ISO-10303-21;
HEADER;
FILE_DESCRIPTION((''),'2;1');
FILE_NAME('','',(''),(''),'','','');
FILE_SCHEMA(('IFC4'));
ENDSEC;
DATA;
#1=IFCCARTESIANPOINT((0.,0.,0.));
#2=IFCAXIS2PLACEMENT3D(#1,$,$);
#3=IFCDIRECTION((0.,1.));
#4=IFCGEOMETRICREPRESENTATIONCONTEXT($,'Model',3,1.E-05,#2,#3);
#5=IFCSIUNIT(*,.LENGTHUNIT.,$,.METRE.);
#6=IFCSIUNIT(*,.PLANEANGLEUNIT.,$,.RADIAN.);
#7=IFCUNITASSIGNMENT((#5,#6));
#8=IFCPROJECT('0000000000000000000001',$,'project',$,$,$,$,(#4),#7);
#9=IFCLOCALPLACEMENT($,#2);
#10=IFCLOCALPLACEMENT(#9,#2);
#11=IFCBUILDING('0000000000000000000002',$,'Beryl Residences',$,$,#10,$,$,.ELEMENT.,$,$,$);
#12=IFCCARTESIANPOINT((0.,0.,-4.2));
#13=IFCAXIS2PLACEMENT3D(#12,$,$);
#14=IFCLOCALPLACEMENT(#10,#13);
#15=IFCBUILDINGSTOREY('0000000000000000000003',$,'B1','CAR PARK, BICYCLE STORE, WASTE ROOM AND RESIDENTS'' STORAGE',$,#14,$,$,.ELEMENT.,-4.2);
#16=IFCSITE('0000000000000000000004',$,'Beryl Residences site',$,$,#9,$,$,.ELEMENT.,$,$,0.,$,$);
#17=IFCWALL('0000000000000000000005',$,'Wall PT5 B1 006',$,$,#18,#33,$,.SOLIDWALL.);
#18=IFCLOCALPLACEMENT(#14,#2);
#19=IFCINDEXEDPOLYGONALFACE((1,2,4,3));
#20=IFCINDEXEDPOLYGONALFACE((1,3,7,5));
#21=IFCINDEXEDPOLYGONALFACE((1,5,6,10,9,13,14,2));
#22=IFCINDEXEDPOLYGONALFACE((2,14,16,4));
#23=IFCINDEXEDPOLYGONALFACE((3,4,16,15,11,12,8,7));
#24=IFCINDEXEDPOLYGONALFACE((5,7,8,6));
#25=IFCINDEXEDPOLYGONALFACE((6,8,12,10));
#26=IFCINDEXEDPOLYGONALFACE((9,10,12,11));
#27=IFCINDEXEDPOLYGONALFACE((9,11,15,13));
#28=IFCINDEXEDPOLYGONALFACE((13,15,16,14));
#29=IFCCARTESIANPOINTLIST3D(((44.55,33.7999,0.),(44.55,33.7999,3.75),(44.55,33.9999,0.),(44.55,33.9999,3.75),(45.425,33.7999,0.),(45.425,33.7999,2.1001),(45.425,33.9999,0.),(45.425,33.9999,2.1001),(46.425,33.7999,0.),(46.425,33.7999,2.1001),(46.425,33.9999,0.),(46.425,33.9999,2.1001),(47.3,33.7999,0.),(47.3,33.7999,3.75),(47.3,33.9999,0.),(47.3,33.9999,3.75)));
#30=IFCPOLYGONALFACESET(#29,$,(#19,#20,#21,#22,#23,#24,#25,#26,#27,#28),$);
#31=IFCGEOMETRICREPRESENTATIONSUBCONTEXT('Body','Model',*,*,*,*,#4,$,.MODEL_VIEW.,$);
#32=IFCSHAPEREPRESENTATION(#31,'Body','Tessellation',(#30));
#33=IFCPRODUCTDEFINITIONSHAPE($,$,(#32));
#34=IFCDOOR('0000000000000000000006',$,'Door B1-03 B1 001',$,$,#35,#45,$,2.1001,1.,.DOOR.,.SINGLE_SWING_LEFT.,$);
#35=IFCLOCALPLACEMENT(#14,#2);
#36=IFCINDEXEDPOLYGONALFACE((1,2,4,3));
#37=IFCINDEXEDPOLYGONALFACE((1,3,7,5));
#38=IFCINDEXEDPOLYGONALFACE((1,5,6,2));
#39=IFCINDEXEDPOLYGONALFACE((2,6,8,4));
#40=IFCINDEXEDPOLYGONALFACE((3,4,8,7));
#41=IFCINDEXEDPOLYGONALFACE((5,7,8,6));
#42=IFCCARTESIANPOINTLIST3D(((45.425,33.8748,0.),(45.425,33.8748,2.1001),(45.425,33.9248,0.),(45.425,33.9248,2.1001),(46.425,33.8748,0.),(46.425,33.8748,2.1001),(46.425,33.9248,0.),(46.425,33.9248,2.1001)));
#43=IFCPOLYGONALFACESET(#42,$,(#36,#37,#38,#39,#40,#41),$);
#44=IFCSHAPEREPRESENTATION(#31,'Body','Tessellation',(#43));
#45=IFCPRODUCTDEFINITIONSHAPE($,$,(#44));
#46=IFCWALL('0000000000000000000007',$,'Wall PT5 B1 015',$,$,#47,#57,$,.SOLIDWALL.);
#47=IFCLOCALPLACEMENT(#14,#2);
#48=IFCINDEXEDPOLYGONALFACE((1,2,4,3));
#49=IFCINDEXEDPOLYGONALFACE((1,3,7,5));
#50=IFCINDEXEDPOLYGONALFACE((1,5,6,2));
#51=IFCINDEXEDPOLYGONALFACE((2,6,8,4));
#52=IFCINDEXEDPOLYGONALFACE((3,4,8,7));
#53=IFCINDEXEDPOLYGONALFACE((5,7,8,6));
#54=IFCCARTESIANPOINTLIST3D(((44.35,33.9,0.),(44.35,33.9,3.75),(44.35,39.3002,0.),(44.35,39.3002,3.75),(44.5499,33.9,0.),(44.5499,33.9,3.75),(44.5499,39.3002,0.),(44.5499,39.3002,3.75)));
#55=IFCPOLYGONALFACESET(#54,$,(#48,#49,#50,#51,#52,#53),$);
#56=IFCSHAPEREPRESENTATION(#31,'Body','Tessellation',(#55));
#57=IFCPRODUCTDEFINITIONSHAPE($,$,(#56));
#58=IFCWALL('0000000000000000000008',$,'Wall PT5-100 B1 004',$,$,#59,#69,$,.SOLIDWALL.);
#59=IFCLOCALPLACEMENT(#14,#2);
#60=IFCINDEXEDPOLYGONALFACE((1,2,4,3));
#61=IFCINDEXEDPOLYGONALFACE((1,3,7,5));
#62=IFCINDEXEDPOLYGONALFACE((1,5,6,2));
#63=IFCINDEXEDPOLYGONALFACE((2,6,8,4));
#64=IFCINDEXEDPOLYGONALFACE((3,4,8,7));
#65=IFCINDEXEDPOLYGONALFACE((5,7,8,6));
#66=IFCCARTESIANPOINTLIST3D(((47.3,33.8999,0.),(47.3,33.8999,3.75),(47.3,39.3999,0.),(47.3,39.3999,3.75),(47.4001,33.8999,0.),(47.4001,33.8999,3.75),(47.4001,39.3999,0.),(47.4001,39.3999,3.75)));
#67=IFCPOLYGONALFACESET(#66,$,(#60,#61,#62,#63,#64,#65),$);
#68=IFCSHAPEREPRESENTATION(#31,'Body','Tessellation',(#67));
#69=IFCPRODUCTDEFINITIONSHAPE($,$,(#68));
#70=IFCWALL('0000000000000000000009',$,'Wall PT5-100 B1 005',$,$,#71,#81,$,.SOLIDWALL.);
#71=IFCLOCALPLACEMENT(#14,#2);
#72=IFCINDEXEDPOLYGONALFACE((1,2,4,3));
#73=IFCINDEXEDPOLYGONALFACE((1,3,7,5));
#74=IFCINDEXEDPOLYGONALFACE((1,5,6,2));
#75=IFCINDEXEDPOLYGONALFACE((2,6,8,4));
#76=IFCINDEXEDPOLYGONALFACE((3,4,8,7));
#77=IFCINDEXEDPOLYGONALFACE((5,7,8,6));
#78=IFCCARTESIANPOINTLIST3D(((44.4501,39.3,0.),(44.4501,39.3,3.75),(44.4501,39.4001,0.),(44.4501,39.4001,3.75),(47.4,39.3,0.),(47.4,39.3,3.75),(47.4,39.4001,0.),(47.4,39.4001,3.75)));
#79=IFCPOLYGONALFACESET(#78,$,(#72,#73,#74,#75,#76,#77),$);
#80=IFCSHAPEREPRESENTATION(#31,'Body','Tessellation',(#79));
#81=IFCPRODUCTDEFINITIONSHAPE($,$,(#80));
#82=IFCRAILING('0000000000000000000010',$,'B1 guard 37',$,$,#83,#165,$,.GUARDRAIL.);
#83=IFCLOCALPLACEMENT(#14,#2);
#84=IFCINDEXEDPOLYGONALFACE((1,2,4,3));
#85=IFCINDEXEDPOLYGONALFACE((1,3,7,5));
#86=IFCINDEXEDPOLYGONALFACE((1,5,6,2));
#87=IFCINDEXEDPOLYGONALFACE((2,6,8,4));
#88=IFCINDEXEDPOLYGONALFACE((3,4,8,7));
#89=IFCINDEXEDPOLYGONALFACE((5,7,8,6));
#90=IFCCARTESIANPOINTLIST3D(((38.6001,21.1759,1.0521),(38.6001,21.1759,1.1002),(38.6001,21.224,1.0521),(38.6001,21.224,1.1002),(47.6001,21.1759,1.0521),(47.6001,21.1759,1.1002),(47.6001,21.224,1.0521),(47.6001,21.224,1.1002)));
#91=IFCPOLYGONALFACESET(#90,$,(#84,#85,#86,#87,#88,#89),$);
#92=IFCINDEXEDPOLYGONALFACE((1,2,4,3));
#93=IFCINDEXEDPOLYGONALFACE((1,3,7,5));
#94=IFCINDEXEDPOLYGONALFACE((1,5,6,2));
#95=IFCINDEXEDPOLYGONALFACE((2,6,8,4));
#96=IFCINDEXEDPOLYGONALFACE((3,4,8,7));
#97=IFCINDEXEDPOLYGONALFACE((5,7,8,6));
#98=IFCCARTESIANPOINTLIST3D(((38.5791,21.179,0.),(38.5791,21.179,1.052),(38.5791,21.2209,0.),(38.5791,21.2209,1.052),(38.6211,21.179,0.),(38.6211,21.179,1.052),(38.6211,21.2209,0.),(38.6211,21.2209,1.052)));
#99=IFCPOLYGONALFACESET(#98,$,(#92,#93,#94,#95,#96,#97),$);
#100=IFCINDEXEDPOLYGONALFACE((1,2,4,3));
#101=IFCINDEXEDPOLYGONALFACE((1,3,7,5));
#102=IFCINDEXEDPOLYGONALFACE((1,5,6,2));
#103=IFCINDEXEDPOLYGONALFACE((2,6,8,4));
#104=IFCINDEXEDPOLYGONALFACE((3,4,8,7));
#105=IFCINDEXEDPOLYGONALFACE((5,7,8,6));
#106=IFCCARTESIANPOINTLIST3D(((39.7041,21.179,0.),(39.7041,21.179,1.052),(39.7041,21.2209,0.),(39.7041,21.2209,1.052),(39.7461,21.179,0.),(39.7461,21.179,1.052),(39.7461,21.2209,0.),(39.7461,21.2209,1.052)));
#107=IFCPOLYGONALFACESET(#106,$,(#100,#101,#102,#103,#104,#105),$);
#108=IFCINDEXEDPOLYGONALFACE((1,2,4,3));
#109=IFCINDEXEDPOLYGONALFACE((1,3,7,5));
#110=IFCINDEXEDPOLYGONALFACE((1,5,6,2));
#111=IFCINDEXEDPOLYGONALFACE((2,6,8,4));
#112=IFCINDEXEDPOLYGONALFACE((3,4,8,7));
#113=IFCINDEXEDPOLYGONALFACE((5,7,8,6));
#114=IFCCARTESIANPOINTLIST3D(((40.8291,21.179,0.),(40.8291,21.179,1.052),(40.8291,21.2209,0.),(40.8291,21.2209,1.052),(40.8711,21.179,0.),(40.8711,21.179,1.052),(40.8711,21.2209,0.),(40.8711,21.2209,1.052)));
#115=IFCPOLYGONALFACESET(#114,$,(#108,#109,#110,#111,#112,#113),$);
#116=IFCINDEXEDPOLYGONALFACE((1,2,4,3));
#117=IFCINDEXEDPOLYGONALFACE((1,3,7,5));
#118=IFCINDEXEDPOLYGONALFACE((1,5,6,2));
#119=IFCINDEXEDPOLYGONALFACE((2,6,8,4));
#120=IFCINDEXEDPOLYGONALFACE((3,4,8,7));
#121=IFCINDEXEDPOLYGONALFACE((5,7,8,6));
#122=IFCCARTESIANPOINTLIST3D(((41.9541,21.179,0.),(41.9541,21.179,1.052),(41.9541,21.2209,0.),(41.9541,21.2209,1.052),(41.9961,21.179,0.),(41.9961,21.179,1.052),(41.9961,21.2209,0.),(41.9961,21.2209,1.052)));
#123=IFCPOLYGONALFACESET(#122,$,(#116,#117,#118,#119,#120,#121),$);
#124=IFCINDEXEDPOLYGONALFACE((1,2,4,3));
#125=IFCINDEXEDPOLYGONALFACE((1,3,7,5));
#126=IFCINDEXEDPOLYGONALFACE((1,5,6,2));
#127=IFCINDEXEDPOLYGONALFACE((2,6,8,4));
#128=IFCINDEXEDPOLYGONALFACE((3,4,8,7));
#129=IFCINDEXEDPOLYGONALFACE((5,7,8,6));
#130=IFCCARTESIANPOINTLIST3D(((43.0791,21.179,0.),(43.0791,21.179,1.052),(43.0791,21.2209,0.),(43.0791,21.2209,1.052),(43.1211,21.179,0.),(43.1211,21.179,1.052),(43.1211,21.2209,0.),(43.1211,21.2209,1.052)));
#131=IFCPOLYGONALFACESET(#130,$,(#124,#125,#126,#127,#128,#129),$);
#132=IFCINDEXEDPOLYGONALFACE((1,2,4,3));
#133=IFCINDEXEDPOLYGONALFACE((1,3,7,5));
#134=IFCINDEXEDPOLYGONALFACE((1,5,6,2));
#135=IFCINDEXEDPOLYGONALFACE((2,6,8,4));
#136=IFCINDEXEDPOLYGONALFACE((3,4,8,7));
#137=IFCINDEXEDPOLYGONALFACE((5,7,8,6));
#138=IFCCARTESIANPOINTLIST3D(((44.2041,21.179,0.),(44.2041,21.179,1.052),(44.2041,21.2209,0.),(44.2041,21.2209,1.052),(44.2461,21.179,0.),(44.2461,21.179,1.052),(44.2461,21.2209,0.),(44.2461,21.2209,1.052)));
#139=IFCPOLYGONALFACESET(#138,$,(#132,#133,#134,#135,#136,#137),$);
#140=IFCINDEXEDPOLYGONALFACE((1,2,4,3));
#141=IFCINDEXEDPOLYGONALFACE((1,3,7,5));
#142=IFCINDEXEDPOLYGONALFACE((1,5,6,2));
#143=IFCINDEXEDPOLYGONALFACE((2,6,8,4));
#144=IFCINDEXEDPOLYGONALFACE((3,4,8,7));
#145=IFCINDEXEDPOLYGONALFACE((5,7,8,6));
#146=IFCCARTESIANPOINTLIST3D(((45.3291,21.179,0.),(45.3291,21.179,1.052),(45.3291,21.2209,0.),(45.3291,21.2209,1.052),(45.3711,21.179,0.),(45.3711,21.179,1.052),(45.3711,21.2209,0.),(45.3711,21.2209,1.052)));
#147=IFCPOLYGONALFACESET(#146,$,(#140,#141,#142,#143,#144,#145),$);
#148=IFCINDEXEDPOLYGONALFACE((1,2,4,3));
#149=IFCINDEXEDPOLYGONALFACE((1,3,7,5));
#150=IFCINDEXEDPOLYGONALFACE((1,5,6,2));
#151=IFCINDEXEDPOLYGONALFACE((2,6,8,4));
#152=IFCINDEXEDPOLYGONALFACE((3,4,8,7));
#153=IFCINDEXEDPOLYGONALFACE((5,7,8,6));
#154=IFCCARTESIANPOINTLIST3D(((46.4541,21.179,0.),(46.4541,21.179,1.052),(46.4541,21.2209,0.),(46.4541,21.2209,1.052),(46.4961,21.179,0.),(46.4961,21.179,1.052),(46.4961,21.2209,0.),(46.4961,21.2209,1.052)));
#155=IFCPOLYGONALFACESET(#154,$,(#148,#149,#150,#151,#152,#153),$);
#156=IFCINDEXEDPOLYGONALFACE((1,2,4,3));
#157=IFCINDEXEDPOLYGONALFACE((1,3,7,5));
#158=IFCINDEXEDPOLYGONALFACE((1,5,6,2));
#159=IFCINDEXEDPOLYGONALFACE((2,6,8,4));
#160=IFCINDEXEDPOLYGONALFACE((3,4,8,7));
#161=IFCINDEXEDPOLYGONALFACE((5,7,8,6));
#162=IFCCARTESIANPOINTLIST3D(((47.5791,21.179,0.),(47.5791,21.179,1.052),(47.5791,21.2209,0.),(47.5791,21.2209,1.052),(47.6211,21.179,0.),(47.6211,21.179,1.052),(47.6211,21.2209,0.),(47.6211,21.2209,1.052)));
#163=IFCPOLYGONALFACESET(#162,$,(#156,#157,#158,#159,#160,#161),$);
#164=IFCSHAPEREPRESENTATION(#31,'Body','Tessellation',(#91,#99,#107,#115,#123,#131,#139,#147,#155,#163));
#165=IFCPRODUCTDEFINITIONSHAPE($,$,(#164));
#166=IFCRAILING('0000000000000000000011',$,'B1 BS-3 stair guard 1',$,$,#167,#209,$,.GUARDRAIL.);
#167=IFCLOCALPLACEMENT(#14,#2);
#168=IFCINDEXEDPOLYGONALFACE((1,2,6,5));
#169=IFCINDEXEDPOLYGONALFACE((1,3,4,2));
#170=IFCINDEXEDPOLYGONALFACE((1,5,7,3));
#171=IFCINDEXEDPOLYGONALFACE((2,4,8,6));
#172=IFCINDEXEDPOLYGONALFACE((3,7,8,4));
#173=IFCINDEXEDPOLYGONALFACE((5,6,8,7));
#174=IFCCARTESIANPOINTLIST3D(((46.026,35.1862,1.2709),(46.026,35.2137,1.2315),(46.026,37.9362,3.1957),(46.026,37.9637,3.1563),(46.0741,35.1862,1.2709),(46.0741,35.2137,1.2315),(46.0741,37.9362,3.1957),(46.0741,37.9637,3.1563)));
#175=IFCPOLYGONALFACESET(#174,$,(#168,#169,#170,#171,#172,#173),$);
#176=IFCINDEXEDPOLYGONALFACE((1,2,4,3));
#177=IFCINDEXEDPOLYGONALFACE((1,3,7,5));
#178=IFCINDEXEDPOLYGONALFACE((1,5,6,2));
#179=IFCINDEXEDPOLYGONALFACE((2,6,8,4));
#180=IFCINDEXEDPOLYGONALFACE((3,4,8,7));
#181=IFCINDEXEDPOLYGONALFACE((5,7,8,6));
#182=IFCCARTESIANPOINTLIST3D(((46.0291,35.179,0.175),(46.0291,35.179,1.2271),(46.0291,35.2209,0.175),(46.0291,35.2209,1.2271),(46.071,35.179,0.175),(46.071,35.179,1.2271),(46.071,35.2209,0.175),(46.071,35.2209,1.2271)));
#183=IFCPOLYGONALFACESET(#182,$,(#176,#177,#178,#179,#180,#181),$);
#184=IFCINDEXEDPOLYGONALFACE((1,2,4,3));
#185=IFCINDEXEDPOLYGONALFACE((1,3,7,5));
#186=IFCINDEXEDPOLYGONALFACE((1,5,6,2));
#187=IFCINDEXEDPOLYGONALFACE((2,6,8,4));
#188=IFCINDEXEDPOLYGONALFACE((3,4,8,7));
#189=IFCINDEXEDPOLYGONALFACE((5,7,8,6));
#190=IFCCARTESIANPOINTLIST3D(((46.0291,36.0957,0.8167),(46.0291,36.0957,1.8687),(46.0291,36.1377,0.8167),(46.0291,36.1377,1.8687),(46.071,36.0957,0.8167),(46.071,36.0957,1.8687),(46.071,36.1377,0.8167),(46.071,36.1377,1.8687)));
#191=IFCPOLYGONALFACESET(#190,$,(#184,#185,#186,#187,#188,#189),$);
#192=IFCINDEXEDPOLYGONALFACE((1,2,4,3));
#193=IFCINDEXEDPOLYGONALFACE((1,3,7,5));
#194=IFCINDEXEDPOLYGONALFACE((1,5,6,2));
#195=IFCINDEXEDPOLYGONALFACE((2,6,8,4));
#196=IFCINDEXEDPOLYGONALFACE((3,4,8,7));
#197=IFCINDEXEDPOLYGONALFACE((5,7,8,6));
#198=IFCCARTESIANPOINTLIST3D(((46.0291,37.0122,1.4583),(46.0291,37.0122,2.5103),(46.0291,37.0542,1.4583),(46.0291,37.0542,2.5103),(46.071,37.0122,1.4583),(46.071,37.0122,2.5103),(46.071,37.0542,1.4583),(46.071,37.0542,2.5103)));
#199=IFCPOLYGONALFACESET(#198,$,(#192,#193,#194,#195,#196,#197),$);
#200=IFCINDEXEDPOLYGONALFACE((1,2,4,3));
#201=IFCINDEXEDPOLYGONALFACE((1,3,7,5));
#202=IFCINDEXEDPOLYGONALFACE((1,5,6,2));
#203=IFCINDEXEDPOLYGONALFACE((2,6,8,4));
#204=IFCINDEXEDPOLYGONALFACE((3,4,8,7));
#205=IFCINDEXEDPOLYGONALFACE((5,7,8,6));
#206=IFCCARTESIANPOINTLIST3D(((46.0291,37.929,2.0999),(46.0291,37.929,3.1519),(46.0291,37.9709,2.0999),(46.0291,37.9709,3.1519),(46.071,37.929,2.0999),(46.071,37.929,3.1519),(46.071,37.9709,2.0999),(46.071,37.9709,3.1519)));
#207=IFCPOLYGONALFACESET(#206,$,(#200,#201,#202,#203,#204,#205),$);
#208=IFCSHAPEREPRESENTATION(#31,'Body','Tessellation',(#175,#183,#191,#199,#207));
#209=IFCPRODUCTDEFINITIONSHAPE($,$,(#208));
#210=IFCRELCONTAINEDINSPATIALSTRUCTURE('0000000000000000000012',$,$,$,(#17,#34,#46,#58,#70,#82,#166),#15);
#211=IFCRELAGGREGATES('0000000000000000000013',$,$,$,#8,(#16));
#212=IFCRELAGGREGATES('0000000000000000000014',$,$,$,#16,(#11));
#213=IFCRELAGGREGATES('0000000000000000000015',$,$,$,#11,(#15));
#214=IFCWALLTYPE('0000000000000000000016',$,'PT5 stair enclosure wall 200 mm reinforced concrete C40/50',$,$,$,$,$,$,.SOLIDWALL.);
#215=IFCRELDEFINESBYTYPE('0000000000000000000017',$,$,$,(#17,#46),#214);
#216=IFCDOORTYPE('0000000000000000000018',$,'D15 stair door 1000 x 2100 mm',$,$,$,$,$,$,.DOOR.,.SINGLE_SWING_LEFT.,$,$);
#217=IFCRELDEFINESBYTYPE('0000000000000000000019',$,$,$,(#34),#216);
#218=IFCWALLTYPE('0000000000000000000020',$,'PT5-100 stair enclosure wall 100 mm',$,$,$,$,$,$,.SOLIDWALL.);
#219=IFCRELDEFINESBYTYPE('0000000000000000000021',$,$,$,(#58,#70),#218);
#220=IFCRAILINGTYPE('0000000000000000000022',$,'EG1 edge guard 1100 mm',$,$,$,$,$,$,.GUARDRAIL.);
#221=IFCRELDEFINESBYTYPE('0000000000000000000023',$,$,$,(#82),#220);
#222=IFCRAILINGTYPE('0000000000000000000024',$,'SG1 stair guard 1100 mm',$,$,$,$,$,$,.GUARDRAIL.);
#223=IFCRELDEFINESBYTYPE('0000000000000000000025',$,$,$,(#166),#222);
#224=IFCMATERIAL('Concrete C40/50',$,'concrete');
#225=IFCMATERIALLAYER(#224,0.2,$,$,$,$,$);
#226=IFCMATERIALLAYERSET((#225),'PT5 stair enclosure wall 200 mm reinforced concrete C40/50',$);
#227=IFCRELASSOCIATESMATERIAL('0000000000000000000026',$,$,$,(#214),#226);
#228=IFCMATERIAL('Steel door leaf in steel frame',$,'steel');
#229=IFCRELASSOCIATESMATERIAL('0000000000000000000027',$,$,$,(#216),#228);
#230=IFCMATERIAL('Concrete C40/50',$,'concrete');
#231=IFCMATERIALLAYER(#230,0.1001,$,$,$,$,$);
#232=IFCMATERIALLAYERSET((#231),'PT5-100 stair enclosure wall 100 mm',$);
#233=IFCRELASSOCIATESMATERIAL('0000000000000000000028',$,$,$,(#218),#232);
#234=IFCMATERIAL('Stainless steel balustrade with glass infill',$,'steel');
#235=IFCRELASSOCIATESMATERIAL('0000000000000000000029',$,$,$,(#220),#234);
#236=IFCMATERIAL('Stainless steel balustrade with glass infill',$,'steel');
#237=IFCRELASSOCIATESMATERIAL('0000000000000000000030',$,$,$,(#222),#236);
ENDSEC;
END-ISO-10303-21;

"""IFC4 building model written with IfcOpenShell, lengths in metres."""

from ifc_helpers import new_model, si_unit, direction, frame, frame_2d, origin, origin_2d, place, context, subcontext, project, spatial, rectangle, extrude, material, layer, layer_set, type_object, element, fill, save


model = new_model("IFC4")

# Units and contexts
model_context = context("Model", 3, precision=1e-05, world=origin(), true_north=direction((0.0, 1.0)))
body_context = subcontext(model_context, "Body", "Model", "MODEL_VIEW")
ifc_project = project(units=[si_unit("LENGTHUNIT", "METRE"), si_unit("PLANEANGLEUNIT", "RADIAN")], contexts=[model_context])

# Site, building, storey
site_placement = place(None, origin())
site = spatial("IfcSite", under=ifc_project, at=site_placement, Name="Beryl Residences site", CompositionType="ELEMENT", RefElevation=0.0)
building_placement = place(site_placement, origin())
building = spatial("IfcBuilding", under=site, at=building_placement, Name="Beryl Residences", CompositionType="ELEMENT")
storey_placement = place(building_placement, frame((0.0, 0.0, -4.2)))
storey = spatial("IfcBuildingStorey", under=building, at=storey_placement, Name="B1", Description="CAR PARK, BICYCLE STORE, WASTE ROOM AND RESIDENTS' STORAGE", CompositionType="ELEMENT", Elevation=-4.2)

# Wall, opening, door
ifc_material_1 = material(Name="Concrete C40/50", Category="concrete")
ifc_layer_1 = layer(ifc_material_1, 0.2)
ifc_layer_set_1 = layer_set([ifc_layer_1], Name="PT5 stair enclosure wall 200 mm reinforced concrete C40/50")
wall_type_1 = type_object("IfcWallType", Name="PT5 stair enclosure wall 200 mm reinforced concrete C40/50", PredefinedType="SOLIDWALL", material=ifc_layer_set_1)
wall_1_placement = place(storey_placement, frame((44.55, 33.8999, 0.0), z_axis=(0.0, 0.0, 1.0), x_axis=(1.0, 0.0, 0.0)))
wall_1 = element("IfcWall", 1, at=wall_1_placement, inside=storey, type_object=wall_type_1, Name="Wall PT5 B1 006", PredefinedType="SOLIDWALL", context=body_context, shape_type="SweptSolid", body=[
    extrude(rectangle(XDim=2.75, YDim=0.2, at=frame_2d((1.375, 0.0))), origin(), (0.0, 0.0, 1.0), 3.75),
])
opening_placement = place(wall_1_placement, frame((0.875, 0.0, 0.0)))
opening = element("IfcOpeningElement", 2, at=opening_placement, cuts=wall_1, PredefinedType="OPENING", context=body_context, shape_type="SweptSolid", body=[
    extrude(rectangle(XDim=1.0, YDim=2.1001, at=frame_2d((0.5, 1.05))), frame((0.0, 0.1099, 0.0), z_axis=(0.0, -1.0, 0.0), x_axis=(1.0, 0.0, 0.0)), (0.0, 0.0, 1.0), 0.22),
])
ifc_material_2 = material(Name="Steel door leaf in steel frame", Category="steel")
door_type = type_object("IfcDoorType", Name="D15 stair door 1000 x 2100 mm", OperationType="SINGLE_SWING_LEFT", PredefinedType="DOOR", material=ifc_material_2)
door_placement = place(opening_placement, origin())
door = element("IfcDoor", 3, at=door_placement, inside=storey, type_object=door_type, Name="Door B1-03 B1 001", OperationType="SINGLE_SWING_LEFT", OverallHeight=2.1001, OverallWidth=1.0, PredefinedType="DOOR", context=body_context, shape_type="SweptSolid", body=[
    extrude(rectangle(XDim=1.0, YDim=2.1001, at=frame_2d((0.5, 1.05))), frame((0.0, 0.0249, 0.0), z_axis=(0.0, -1.0, 0.0), x_axis=(1.0, 0.0, 0.0)), (0.0, 0.0, 1.0), 0.05),
])
fill(opening, door)

# Walls
wall_2_placement = place(storey_placement, frame((44.45, 33.8999, 0.0), z_axis=(0.0, 0.0, 1.0), x_axis=(0.0, 1.0, 0.0)))
element("IfcWall", 4, at=wall_2_placement, inside=storey, type_object=wall_type_1, Name="Wall PT5 B1 015", PredefinedType="SOLIDWALL", context=body_context, shape_type="SweptSolid", body=[
    extrude(rectangle(XDim=5.4001, YDim=0.2, at=frame_2d((2.7002, 0.0))), origin(), (0.0, 0.0, 1.0), 3.75),
])
ifc_material_3 = material(Name="Concrete C40/50", Category="concrete")
ifc_layer_2 = layer(ifc_material_3, 0.1001)
ifc_layer_set_2 = layer_set([ifc_layer_2], Name="PT5-100 stair enclosure wall 100 mm")
wall_type_2 = type_object("IfcWallType", Name="PT5-100 stair enclosure wall 100 mm", PredefinedType="SOLIDWALL", material=ifc_layer_set_2)
wall_3_placement = place(storey_placement, frame((47.3501, 33.8999, 0.0), z_axis=(0.0, 0.0, 1.0), x_axis=(0.0, 1.0, 0.0)))
element("IfcWall", 5, at=wall_3_placement, inside=storey, type_object=wall_type_2, Name="Wall PT5-100 B1 004", PredefinedType="SOLIDWALL", context=body_context, shape_type="SweptSolid", body=[
    extrude(rectangle(XDim=5.5, YDim=0.1001, at=frame_2d((2.75, 0.0))), origin(), (0.0, 0.0, 1.0), 3.75),
])
wall_4_placement = place(storey_placement, frame((44.45, 39.3501, 0.0), z_axis=(0.0, 0.0, 1.0), x_axis=(1.0, 0.0, 0.0)))
element("IfcWall", 6, at=wall_4_placement, inside=storey, type_object=wall_type_2, Name="Wall PT5-100 B1 005", PredefinedType="SOLIDWALL", context=body_context, shape_type="SweptSolid", body=[
    extrude(rectangle(XDim=2.95, YDim=0.1001, at=frame_2d((1.4751, 0.0))), origin(), (0.0, 0.0, 1.0), 3.75),
])

# Railings
ifc_material_4 = material(Name="Stainless steel balustrade with glass infill", Category="steel")
railing_type_1 = type_object("IfcRailingType", Name="EG1 edge guard 1100 mm", PredefinedType="GUARDRAIL", material=ifc_material_4)
railing_1_placement = place(storey_placement, frame((38.6001, 21.2, 0.0)))
element("IfcRailing", 7, at=railing_1_placement, inside=storey, type_object=railing_type_1, Name="B1 guard 37", PredefinedType="GUARDRAIL", context=body_context, shape_type="SweptSolid", body=[
    extrude(rectangle(XDim=0.0481, YDim=0.0481, at=origin_2d()), frame((0.0, 0.0, 1.0762), z_axis=(1.0, 0.0, 0.0), x_axis=(0.0, 1.0, 0.0)), (0.0, 0.0, 1.0), 9.0),
    extrude(rectangle(XDim=0.042, YDim=0.042, at=origin_2d()), origin(), (0.0, 0.0, 1.0), 1.052),
    extrude(rectangle(XDim=0.042, YDim=0.042, at=origin_2d()), frame((1.125, 0.0, 0.0)), (0.0, 0.0, 1.0), 1.052),
    extrude(rectangle(XDim=0.042, YDim=0.042, at=origin_2d()), frame((2.25, 0.0, 0.0)), (0.0, 0.0, 1.0), 1.052),
    extrude(rectangle(XDim=0.042, YDim=0.042, at=origin_2d()), frame((3.375, 0.0, 0.0)), (0.0, 0.0, 1.0), 1.052),
    extrude(rectangle(XDim=0.042, YDim=0.042, at=origin_2d()), frame((4.5, 0.0, 0.0)), (0.0, 0.0, 1.0), 1.052),
    extrude(rectangle(XDim=0.042, YDim=0.042, at=origin_2d()), frame((5.625, 0.0, 0.0)), (0.0, 0.0, 1.0), 1.052),
    extrude(rectangle(XDim=0.042, YDim=0.042, at=origin_2d()), frame((6.75, 0.0, 0.0)), (0.0, 0.0, 1.0), 1.052),
    extrude(rectangle(XDim=0.042, YDim=0.042, at=origin_2d()), frame((7.875, 0.0, 0.0)), (0.0, 0.0, 1.0), 1.052),
    extrude(rectangle(XDim=0.042, YDim=0.042, at=origin_2d()), frame((9.0, 0.0, 0.0)), (0.0, 0.0, 1.0), 1.052),
])
ifc_material_5 = material(Name="Stainless steel balustrade with glass infill", Category="steel")
railing_type_2 = type_object("IfcRailingType", Name="SG1 stair guard 1100 mm", PredefinedType="GUARDRAIL", material=ifc_material_5)
railing_2_placement = place(storey_placement, frame((46.05, 35.2, 0.175)))
element("IfcRailing", 8, at=railing_2_placement, inside=storey, type_object=railing_type_2, Name="B1 BS-3 stair guard 1", PredefinedType="GUARDRAIL", context=body_context, shape_type="SweptSolid", body=[
    extrude(rectangle(XDim=0.0481, YDim=0.0481, at=origin_2d()), frame((0.0, 0.0, 1.0762), z_axis=(0.0, 0.819259, 0.573423), x_axis=(-1.0, 0.0, 0.0)), (0.0, 0.0, 1.0), 3.3567),
    extrude(rectangle(XDim=0.042, YDim=0.042, at=origin_2d()), origin(), (0.0, 0.0, 1.0), 1.052),
    extrude(rectangle(XDim=0.042, YDim=0.042, at=origin_2d()), frame((0.0, 0.9167, 0.6416)), (0.0, 0.0, 1.0), 1.052),
    extrude(rectangle(XDim=0.042, YDim=0.042, at=origin_2d()), frame((0.0, 1.8333, 1.2832)), (0.0, 0.0, 1.0), 1.052),
    extrude(rectangle(XDim=0.042, YDim=0.042, at=origin_2d()), frame((0.0, 2.75, 1.9248)), (0.0, 0.0, 1.0), 1.052),
])

save(model, "model.ifc")
